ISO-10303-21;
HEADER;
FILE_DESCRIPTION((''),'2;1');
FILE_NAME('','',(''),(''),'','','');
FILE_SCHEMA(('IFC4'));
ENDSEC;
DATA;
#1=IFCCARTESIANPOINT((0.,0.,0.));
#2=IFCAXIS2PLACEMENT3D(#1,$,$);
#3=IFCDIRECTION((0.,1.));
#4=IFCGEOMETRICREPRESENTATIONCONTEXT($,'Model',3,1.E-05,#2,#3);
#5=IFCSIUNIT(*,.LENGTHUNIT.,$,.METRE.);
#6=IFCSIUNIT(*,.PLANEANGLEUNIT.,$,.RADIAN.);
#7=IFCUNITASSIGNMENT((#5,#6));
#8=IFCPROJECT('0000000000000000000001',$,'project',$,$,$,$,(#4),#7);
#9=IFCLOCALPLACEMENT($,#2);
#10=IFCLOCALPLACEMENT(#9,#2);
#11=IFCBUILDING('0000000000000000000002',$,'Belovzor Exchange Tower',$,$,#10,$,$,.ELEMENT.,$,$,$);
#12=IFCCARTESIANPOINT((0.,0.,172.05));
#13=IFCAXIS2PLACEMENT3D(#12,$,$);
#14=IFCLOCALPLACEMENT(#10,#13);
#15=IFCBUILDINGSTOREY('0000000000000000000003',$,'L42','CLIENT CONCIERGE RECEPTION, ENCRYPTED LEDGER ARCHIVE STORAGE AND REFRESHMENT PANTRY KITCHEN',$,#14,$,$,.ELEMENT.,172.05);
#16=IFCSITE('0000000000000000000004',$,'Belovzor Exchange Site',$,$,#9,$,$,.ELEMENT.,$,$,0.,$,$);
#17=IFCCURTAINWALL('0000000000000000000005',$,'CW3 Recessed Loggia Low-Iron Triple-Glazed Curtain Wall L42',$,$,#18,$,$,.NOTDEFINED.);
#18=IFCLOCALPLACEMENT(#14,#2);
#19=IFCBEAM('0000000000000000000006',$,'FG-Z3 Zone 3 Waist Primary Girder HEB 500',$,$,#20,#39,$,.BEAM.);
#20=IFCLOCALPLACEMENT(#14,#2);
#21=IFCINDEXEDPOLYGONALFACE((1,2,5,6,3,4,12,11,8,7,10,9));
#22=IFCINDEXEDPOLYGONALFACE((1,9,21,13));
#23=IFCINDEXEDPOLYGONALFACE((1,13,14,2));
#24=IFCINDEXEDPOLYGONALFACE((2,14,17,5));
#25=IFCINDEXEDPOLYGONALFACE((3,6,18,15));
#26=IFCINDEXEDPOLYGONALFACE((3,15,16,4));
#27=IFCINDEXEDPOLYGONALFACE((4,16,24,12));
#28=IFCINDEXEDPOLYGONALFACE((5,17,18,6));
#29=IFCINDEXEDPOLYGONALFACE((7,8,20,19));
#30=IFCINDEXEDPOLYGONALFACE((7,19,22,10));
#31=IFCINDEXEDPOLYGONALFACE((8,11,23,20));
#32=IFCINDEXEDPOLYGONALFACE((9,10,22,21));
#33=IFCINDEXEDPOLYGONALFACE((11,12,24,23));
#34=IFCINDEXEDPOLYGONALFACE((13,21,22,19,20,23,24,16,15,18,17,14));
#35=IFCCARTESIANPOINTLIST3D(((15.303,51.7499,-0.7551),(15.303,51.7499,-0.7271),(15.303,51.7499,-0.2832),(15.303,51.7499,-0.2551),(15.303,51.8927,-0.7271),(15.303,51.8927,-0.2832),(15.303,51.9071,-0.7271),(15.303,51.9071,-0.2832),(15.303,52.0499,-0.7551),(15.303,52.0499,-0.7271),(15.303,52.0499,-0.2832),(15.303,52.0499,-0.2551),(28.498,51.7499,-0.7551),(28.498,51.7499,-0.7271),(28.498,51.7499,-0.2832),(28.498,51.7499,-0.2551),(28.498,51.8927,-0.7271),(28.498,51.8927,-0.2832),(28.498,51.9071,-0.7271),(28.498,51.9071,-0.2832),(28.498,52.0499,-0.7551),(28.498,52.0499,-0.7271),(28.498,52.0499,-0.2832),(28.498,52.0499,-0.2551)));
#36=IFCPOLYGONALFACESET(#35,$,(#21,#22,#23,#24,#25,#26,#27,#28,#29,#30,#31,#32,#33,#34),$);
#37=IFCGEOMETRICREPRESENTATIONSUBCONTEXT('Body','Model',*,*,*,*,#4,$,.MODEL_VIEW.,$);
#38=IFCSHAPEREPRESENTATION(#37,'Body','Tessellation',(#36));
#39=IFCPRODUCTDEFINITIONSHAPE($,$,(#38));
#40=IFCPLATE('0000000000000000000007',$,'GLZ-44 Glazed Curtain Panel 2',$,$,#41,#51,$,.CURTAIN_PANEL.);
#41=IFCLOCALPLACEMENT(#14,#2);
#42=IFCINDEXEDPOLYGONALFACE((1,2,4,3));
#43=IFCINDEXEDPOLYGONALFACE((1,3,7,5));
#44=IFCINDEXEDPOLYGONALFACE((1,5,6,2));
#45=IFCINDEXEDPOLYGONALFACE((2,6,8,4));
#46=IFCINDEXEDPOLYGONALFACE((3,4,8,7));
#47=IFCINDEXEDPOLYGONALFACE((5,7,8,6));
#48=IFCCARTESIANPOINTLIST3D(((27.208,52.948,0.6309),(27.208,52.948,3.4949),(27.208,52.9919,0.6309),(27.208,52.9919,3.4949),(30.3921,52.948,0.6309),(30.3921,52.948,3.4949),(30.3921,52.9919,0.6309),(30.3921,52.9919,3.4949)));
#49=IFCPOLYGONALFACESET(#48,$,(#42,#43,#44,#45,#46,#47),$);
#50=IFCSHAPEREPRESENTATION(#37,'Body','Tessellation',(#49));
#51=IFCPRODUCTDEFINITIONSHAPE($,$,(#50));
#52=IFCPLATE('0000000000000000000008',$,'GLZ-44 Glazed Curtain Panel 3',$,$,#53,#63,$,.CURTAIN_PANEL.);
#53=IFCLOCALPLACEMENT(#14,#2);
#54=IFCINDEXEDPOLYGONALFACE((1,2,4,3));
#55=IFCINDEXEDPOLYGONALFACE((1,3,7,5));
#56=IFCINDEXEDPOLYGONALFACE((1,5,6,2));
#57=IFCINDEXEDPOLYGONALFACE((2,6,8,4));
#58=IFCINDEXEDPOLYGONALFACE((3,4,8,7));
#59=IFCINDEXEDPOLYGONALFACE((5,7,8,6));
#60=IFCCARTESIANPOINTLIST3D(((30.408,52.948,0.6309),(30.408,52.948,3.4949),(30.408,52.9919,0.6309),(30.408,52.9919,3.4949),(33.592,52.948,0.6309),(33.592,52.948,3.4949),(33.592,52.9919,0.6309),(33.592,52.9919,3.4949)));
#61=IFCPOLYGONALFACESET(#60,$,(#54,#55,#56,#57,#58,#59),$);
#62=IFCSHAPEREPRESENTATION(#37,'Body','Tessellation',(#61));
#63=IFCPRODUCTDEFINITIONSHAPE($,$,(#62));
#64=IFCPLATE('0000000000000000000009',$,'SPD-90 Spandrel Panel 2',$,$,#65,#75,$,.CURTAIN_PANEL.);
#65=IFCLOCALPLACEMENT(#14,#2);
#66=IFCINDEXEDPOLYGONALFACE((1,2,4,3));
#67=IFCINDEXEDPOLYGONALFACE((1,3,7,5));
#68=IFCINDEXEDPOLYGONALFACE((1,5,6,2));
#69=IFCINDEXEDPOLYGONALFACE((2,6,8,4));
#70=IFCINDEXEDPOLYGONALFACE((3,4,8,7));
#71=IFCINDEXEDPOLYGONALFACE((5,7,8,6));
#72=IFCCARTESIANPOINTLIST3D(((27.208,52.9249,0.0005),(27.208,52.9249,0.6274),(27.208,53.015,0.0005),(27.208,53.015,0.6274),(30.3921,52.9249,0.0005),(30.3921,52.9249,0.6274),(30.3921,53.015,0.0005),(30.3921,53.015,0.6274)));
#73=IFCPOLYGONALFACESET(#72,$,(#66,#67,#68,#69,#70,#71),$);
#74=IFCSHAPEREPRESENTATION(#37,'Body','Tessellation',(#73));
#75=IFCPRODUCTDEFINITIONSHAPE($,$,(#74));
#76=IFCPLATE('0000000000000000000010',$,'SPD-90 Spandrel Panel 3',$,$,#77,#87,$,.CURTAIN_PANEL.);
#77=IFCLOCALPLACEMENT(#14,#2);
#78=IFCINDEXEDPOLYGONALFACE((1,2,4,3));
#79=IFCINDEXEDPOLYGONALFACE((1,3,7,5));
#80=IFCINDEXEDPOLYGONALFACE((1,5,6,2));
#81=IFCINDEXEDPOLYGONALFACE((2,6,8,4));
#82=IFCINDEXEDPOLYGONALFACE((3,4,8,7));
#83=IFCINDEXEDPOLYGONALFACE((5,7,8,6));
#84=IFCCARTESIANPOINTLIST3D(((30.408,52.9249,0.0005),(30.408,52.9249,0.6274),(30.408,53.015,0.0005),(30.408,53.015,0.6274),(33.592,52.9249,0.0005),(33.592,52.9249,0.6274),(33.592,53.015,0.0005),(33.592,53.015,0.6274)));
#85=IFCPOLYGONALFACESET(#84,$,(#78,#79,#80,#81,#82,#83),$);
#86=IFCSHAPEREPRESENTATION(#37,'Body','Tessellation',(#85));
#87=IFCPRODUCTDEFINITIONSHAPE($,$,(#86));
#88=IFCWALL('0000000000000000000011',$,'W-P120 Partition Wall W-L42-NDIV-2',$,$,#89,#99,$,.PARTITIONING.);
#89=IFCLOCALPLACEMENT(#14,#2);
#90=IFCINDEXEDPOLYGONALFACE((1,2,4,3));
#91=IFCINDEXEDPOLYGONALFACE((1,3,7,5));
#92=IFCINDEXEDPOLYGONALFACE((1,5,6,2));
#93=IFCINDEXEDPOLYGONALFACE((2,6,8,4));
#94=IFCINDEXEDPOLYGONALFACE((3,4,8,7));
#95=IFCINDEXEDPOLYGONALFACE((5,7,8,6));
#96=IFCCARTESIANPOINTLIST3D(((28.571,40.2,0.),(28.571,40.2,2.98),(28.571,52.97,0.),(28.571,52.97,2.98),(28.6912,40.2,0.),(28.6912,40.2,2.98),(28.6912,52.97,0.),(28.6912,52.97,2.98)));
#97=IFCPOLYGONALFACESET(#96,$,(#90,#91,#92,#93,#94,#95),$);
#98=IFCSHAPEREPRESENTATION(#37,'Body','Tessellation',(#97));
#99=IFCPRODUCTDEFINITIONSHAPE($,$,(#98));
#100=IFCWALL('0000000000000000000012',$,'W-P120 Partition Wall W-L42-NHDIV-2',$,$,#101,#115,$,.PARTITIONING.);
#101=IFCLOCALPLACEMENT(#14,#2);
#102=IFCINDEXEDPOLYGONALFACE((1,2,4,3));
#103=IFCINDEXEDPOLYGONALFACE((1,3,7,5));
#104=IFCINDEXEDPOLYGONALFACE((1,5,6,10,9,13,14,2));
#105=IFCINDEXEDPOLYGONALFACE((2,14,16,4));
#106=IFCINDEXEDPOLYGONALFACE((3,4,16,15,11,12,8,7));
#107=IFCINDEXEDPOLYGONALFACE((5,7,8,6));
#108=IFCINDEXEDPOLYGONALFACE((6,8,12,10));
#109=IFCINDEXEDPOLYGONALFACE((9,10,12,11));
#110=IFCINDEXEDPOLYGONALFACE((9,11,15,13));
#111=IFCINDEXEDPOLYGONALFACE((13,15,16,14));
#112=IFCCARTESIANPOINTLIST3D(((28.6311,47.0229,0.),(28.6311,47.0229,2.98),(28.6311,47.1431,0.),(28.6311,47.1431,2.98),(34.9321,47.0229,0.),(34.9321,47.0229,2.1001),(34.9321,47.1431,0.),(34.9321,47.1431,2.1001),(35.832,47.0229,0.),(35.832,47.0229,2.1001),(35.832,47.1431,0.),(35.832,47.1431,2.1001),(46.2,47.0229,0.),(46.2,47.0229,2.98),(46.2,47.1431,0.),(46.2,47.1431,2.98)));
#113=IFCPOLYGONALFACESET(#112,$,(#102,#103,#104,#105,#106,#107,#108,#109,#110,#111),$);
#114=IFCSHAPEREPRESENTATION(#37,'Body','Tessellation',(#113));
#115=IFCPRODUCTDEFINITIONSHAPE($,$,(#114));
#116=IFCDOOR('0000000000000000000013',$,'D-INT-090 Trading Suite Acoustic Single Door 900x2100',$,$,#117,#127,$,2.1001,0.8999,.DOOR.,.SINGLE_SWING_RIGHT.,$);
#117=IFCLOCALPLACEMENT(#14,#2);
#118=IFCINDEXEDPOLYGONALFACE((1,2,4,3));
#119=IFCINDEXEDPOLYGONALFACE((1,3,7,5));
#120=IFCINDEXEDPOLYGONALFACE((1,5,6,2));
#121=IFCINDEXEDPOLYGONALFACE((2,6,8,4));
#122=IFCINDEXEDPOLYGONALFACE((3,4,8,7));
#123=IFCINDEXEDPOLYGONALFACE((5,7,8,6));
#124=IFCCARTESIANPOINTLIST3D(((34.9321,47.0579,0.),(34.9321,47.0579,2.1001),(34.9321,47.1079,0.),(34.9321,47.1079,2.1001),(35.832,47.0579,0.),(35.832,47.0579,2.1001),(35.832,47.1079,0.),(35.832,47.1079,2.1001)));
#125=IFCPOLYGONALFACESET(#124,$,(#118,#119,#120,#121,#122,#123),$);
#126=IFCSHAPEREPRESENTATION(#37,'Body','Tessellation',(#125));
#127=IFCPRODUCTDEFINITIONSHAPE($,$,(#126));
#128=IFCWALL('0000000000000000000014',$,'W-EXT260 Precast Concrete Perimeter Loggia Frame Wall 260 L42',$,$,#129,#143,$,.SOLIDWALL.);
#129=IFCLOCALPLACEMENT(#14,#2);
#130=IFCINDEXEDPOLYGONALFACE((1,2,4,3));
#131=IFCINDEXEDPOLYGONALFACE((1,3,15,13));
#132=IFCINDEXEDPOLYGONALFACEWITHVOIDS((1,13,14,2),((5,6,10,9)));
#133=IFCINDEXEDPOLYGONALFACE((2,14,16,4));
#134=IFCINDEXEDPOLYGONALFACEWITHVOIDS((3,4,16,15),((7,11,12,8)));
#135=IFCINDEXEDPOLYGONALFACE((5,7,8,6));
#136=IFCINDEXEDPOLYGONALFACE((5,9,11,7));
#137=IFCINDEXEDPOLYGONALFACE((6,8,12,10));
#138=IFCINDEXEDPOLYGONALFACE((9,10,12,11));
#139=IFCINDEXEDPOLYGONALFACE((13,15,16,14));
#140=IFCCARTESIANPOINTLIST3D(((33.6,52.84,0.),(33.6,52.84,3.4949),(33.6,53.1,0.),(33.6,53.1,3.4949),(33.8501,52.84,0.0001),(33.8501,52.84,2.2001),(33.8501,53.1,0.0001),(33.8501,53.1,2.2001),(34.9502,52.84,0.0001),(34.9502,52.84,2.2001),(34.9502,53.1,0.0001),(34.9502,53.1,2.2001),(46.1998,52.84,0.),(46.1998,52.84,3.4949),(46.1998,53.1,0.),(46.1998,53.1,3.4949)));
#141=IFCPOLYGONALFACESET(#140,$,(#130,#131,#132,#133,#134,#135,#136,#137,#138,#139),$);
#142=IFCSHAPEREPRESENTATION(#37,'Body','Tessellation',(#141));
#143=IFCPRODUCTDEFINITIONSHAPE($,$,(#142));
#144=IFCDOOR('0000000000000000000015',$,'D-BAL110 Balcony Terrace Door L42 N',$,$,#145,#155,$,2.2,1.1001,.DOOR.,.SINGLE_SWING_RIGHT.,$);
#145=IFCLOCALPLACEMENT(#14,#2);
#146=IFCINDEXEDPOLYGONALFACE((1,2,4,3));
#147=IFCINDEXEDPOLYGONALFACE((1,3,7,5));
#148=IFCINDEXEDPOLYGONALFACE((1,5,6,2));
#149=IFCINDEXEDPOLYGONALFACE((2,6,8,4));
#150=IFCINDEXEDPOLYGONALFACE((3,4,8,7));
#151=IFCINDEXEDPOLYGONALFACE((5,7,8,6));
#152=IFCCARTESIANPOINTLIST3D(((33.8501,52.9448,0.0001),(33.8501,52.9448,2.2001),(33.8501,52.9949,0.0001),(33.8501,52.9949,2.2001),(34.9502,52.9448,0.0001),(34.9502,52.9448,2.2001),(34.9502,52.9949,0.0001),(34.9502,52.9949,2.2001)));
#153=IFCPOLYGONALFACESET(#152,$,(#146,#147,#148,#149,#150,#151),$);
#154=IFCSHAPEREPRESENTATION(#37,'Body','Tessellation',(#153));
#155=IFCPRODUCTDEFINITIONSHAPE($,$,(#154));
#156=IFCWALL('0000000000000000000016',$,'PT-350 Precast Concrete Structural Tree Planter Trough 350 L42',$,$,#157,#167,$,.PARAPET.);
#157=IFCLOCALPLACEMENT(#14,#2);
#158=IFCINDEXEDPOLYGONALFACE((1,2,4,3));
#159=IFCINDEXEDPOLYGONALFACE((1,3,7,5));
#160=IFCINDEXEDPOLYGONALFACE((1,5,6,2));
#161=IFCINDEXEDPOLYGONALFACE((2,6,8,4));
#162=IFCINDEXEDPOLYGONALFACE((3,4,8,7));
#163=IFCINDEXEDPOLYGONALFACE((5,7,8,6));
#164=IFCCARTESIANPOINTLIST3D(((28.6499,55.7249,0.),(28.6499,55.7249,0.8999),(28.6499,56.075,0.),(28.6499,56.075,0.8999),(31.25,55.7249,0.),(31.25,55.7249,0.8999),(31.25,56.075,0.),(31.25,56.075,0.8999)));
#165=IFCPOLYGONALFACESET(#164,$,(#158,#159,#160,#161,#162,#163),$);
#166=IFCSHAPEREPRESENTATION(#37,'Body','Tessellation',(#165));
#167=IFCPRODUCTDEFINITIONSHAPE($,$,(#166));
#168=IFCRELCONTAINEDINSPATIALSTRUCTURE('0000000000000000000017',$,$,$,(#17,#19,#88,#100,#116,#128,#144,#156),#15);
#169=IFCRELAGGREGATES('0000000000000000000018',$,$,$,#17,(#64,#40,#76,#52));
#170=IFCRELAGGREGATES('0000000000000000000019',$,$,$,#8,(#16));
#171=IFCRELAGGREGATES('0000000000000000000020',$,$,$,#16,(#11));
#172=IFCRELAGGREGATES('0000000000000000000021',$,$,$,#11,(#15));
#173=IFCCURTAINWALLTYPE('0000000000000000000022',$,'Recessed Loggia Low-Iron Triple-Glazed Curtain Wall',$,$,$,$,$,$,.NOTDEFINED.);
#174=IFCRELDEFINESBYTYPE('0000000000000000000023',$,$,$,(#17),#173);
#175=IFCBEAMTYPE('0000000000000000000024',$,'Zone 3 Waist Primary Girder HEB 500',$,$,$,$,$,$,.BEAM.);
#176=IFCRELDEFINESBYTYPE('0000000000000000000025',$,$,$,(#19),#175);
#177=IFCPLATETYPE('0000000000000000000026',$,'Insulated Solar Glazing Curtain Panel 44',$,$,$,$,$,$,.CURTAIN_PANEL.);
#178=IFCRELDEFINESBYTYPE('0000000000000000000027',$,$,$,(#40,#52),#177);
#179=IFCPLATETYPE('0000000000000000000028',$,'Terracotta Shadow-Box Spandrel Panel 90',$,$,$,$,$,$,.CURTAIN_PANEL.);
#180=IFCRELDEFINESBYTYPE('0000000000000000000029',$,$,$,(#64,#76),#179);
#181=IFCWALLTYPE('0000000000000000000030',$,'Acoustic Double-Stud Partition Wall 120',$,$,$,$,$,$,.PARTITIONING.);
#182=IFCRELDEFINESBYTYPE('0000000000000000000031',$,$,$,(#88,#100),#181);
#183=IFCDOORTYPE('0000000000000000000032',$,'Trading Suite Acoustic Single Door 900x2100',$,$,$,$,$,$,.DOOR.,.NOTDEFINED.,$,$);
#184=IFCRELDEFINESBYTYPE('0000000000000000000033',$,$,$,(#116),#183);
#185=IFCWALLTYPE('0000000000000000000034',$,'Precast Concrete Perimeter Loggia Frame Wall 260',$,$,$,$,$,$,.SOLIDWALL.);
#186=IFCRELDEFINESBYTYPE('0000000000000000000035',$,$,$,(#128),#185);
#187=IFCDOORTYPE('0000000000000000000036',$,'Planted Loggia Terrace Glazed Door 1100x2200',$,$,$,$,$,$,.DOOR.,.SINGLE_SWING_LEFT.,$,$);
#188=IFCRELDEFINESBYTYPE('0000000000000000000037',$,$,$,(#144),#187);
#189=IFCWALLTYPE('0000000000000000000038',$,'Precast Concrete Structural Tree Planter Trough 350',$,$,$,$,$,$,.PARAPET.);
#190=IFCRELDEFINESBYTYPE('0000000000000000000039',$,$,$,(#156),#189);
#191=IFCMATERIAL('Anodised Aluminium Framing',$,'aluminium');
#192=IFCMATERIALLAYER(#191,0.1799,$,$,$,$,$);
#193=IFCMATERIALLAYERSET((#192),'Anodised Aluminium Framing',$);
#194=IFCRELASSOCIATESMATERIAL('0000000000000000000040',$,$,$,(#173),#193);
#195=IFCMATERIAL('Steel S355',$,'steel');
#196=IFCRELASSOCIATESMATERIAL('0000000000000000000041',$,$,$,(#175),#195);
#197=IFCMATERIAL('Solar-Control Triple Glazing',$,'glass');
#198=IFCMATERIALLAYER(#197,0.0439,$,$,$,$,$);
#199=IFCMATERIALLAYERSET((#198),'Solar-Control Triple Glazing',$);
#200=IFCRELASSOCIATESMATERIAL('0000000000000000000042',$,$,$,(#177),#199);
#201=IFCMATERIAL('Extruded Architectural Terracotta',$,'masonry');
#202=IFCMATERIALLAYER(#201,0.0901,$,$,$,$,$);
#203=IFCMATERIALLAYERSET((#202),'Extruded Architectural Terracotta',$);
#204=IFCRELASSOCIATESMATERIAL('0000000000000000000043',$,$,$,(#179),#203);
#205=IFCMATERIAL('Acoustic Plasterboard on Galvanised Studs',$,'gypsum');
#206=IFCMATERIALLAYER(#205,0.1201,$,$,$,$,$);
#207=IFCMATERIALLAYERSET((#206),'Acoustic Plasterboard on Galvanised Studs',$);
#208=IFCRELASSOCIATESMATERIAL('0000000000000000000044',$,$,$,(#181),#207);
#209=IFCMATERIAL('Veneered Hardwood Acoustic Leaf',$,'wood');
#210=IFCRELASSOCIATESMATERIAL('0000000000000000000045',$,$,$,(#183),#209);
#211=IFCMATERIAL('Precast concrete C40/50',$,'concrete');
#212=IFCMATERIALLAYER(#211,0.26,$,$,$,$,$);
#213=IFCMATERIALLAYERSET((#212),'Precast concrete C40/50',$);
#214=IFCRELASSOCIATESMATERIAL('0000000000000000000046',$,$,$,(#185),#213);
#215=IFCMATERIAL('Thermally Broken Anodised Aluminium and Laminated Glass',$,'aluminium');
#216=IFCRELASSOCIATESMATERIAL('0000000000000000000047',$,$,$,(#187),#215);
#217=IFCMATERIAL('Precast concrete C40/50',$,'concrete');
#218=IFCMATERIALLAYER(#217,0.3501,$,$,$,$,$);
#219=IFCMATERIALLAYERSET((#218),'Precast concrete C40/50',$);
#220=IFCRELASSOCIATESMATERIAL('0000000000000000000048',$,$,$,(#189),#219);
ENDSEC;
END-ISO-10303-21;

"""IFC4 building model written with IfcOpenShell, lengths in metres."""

from ifc_helpers import new_model, si_unit, direction, frame, frame_2d, origin, origin_2d, place, context, subcontext, project, spatial, rectangle, i_section, extrude, material, layer, layer_set, material_profile, profile_set, type_object, element, fill, aggregate, save


model = new_model("IFC4")

# Units and contexts
model_context = context("Model", 3, precision=1e-05, world=origin(), true_north=direction((0.0, 1.0)))
body_context = subcontext(model_context, "Body", "Model", "MODEL_VIEW")
ifc_project = project(units=[si_unit("LENGTHUNIT", "METRE"), si_unit("PLANEANGLEUNIT", "RADIAN")], contexts=[model_context])

# Site, building, storey
site_placement = place(None, origin())
site = spatial("IfcSite", under=ifc_project, at=site_placement, Name="Belovzor Exchange Site", CompositionType="ELEMENT", RefElevation=0.0)
building_placement = place(site_placement, origin())
building = spatial("IfcBuilding", under=site, at=building_placement, Name="Belovzor Exchange Tower", CompositionType="ELEMENT")
storey_placement = place(building_placement, frame((0.0, 0.0, 172.05)))
storey = spatial("IfcBuildingStorey", under=building, at=storey_placement, Name="L42", Description="CLIENT CONCIERGE RECEPTION, ENCRYPTED LEDGER ARCHIVE STORAGE AND REFRESHMENT PANTRY KITCHEN", CompositionType="ELEMENT", Elevation=172.05)

# Curtain wall
ifc_material_1 = material(Name="Anodised Aluminium Framing", Category="aluminium")
ifc_layer_1 = layer(ifc_material_1, 0.1799)
ifc_layer_set_1 = layer_set([ifc_layer_1], Name="Anodised Aluminium Framing")
curtain_wall_type = type_object("IfcCurtainWallType", Name="Recessed Loggia Low-Iron Triple-Glazed Curtain Wall", PredefinedType="NOTDEFINED", material=ifc_layer_set_1)
curtain_wall_placement = place(storey_placement, origin())
curtain_wall = element("IfcCurtainWall", 1, at=curtain_wall_placement, inside=storey, type_object=curtain_wall_type, Name="CW3 Recessed Loggia Low-Iron Triple-Glazed Curtain Wall L42", PredefinedType="NOTDEFINED")

# Beam
ifc_material_2 = material(Name="Steel S355", Category="steel")
ifc_material_profile_1 = material_profile(ifc_material_2, i_section(OverallWidth=0.3, OverallDepth=0.5, WebThickness=0.0144, FlangeThickness=0.0281, at=origin_2d()))
ifc_profile_set_1 = profile_set([ifc_material_profile_1], Name="Steel S355")
beam_type_1 = type_object("IfcBeamType", Name="Zone 3 Waist Primary Girder HEB 500", PredefinedType="BEAM", material=ifc_profile_set_1)
beam_1_placement = place(storey_placement, frame((28.498, 51.8999, -0.5051), z_axis=(-1.0, 0.0, 0.0), x_axis=(0.0, -1.0, 0.0)))
element("IfcBeam", 2, at=beam_1_placement, inside=storey, type_object=beam_type_1, Name="FG-Z3 Zone 3 Waist Primary Girder HEB 500", PredefinedType="BEAM", context=body_context, shape_type="SweptSolid", body=[
    extrude(i_section(OverallWidth=0.3, OverallDepth=0.5, WebThickness=0.0144, FlangeThickness=0.0281, at=origin_2d()), origin(), (0.0, 0.0, 1.0), 13.1951),
])

# Plates
ifc_material_3 = material(Name="Solar-Control Triple Glazing", Category="glass")
ifc_layer_2 = layer(ifc_material_3, 0.0439)
ifc_layer_set_2 = layer_set([ifc_layer_2], Name="Solar-Control Triple Glazing")
plate_type_1 = type_object("IfcPlateType", Name="Insulated Solar Glazing Curtain Panel 44", PredefinedType="CURTAIN_PANEL", material=ifc_layer_set_2)
plate_1_placement = place(storey_placement, frame((28.8, 52.97, 0.6309), z_axis=(0.0, 0.0, 1.0), x_axis=(1.0, 0.0, 0.0)))
plate_1 = element("IfcPlate", 3, at=plate_1_placement, type_object=plate_type_1, Name="GLZ-44 Glazed Curtain Panel 2", PredefinedType="CURTAIN_PANEL", context=body_context, shape_type="SweptSolid", body=[
    extrude(rectangle(XDim=3.1841, YDim=0.0439, at=origin_2d()), origin(), (0.0, 0.0, 1.0), 2.864),
])
plate_2_placement = place(storey_placement, frame((32.0, 52.97, 0.6309), z_axis=(0.0, 0.0, 1.0), x_axis=(1.0, 0.0, 0.0)))
plate_2 = element("IfcPlate", 4, at=plate_2_placement, type_object=plate_type_1, Name="GLZ-44 Glazed Curtain Panel 3", PredefinedType="CURTAIN_PANEL", context=body_context, shape_type="SweptSolid", body=[
    extrude(rectangle(XDim=3.1841, YDim=0.0439, at=origin_2d()), origin(), (0.0, 0.0, 1.0), 2.864),
])
ifc_material_4 = material(Name="Extruded Architectural Terracotta", Category="masonry")
ifc_layer_3 = layer(ifc_material_4, 0.0901)
ifc_layer_set_3 = layer_set([ifc_layer_3], Name="Extruded Architectural Terracotta")
plate_type_2 = type_object("IfcPlateType", Name="Terracotta Shadow-Box Spandrel Panel 90", PredefinedType="CURTAIN_PANEL", material=ifc_layer_set_3)
plate_3_placement = place(storey_placement, frame((28.8, 52.97, 0.0005), z_axis=(0.0, 0.0, 1.0), x_axis=(1.0, 0.0, 0.0)))
plate_3 = element("IfcPlate", 5, at=plate_3_placement, type_object=plate_type_2, Name="SPD-90 Spandrel Panel 2", PredefinedType="CURTAIN_PANEL", context=body_context, shape_type="SweptSolid", body=[
    extrude(rectangle(XDim=3.1841, YDim=0.0901, at=origin_2d()), origin(), (0.0, 0.0, 1.0), 0.627),
])
plate_4_placement = place(storey_placement, frame((32.0, 52.97, 0.0005), z_axis=(0.0, 0.0, 1.0), x_axis=(1.0, 0.0, 0.0)))
plate_4 = element("IfcPlate", 6, at=plate_4_placement, type_object=plate_type_2, Name="SPD-90 Spandrel Panel 3", PredefinedType="CURTAIN_PANEL", context=body_context, shape_type="SweptSolid", body=[
    extrude(rectangle(XDim=3.1841, YDim=0.0901, at=origin_2d()), origin(), (0.0, 0.0, 1.0), 0.627),
])
aggregate(curtain_wall, [plate_3, plate_1, plate_4, plate_2])

# Wall
ifc_material_5 = material(Name="Acoustic Plasterboard on Galvanised Studs", Category="gypsum")
ifc_layer_4 = layer(ifc_material_5, 0.1201)
ifc_layer_set_4 = layer_set([ifc_layer_4], Name="Acoustic Plasterboard on Galvanised Studs")
wall_type_1 = type_object("IfcWallType", Name="Acoustic Double-Stud Partition Wall 120", PredefinedType="PARTITIONING", material=ifc_layer_set_4)
wall_1_placement = place(storey_placement, frame((28.6311, 40.2, 0.0), z_axis=(0.0, 0.0, 1.0), x_axis=(0.0, 1.0, 0.0)))
element("IfcWall", 7, at=wall_1_placement, inside=storey, type_object=wall_type_1, Name="W-P120 Partition Wall W-L42-NDIV-2", PredefinedType="PARTITIONING", context=body_context, shape_type="SweptSolid", body=[
    extrude(rectangle(XDim=12.77, YDim=0.1201, at=frame_2d((6.385, 0.0))), origin(), (0.0, 0.0, 1.0), 2.98),
])

# Walls, openings, doors
wall_2_placement = place(storey_placement, frame((28.6311, 47.083, 0.0), z_axis=(0.0, 0.0, 1.0), x_axis=(1.0, 0.0, 0.0)))
wall_2 = element("IfcWall", 8, at=wall_2_placement, inside=storey, type_object=wall_type_1, Name="W-P120 Partition Wall W-L42-NHDIV-2", PredefinedType="PARTITIONING", context=body_context, shape_type="SweptSolid", body=[
    extrude(rectangle(XDim=17.5688, YDim=0.1201, at=frame_2d((8.7844, 0.0))), origin(), (0.0, 0.0, 1.0), 2.98),
])
opening_1_placement = place(wall_2_placement, frame((6.301, 0.0, 0.0)))
opening_1 = element("IfcOpeningElement", 9, at=opening_1_placement, cuts=wall_2, PredefinedType="OPENING", context=body_context, shape_type="SweptSolid", body=[
    extrude(rectangle(XDim=0.8999, YDim=2.1001, at=frame_2d((0.45, 1.05))), frame((0.0, 0.0701, 0.0), z_axis=(0.0, -1.0, 0.0), x_axis=(1.0, 0.0, 0.0)), (0.0, 0.0, 1.0), 0.1401),
])
ifc_material_6 = material(Name="Veneered Hardwood Acoustic Leaf", Category="wood")
door_type_1 = type_object("IfcDoorType", Name="Trading Suite Acoustic Single Door 900x2100", OperationType="NOTDEFINED", PredefinedType="DOOR", material=ifc_material_6)
door_1_placement = place(opening_1_placement, origin())
door_1 = element("IfcDoor", 10, at=door_1_placement, inside=storey, type_object=door_type_1, Name="D-INT-090 Trading Suite Acoustic Single Door 900x2100", OperationType="SINGLE_SWING_RIGHT", OverallHeight=2.1001, OverallWidth=0.8999, PredefinedType="DOOR", context=body_context, shape_type="SweptSolid", body=[
    extrude(rectangle(XDim=0.8999, YDim=2.1001, at=frame_2d((0.45, 1.05))), frame((0.0, 0.0249, 0.0), z_axis=(0.0, -1.0, 0.0), x_axis=(1.0, 0.0, 0.0)), (0.0, 0.0, 1.0), 0.05),
])
fill(opening_1, door_1)
ifc_material_7 = material(Name="Precast concrete C40/50", Category="concrete")
ifc_layer_5 = layer(ifc_material_7, 0.26)
ifc_layer_set_5 = layer_set([ifc_layer_5], Name="Precast concrete C40/50")
wall_type_2 = type_object("IfcWallType", Name="Precast Concrete Perimeter Loggia Frame Wall 260", PredefinedType="SOLIDWALL", material=ifc_layer_set_5)
wall_3_placement = place(storey_placement, frame((33.6001, 52.97, 0.0), z_axis=(0.0, 0.0, 1.0), x_axis=(1.0, 0.0, 0.0)))
wall_3 = element("IfcWall", 11, at=wall_3_placement, inside=storey, type_object=wall_type_2, Name="W-EXT260 Precast Concrete Perimeter Loggia Frame Wall 260 L42", PredefinedType="SOLIDWALL", context=body_context, shape_type="SweptSolid", body=[
    extrude(rectangle(XDim=12.5999, YDim=0.26, at=frame_2d((6.2998, 0.0))), origin(), (0.0, 0.0, 1.0), 3.4949),
])
opening_2_placement = place(wall_3_placement, frame((0.25, 0.0, 0.0)))
opening_2 = element("IfcOpeningElement", 12, at=opening_2_placement, cuts=wall_3, PredefinedType="OPENING", context=body_context, shape_type="SweptSolid", body=[
    extrude(rectangle(XDim=1.1001, YDim=2.2, at=frame_2d((0.55, 1.1001))), frame((0.0, 0.1399, 0.0), z_axis=(0.0, -1.0, 0.0), x_axis=(1.0, 0.0, 0.0)), (0.0, 0.0, 1.0), 0.28),
])
ifc_material_8 = material(Name="Thermally Broken Anodised Aluminium and Laminated Glass", Category="aluminium")
door_type_2 = type_object("IfcDoorType", Name="Planted Loggia Terrace Glazed Door 1100x2200", OperationType="SINGLE_SWING_LEFT", PredefinedType="DOOR", material=ifc_material_8)
door_2_placement = place(opening_2_placement, origin())
door_2 = element("IfcDoor", 13, at=door_2_placement, inside=storey, type_object=door_type_2, Name="D-BAL110 Balcony Terrace Door L42 N", OperationType="SINGLE_SWING_RIGHT", OverallHeight=2.2, OverallWidth=1.1001, PredefinedType="DOOR", context=body_context, shape_type="SweptSolid", body=[
    extrude(rectangle(XDim=1.1001, YDim=2.2, at=frame_2d((0.55, 1.1001))), frame((0.0, 0.0249, 0.0), z_axis=(0.0, -1.0, 0.0), x_axis=(1.0, 0.0, 0.0)), (0.0, 0.0, 1.0), 0.05),
])
fill(opening_2, door_2)

# Wall
ifc_material_9 = material(Name="Precast concrete C40/50", Category="concrete")
ifc_layer_6 = layer(ifc_material_9, 0.3501)
ifc_layer_set_6 = layer_set([ifc_layer_6], Name="Precast concrete C40/50")
wall_type_3 = type_object("IfcWallType", Name="Precast Concrete Structural Tree Planter Trough 350", PredefinedType="PARAPET", material=ifc_layer_set_6)
wall_4_placement = place(storey_placement, frame((28.6499, 55.8999, 0.0), z_axis=(0.0, 0.0, 1.0), x_axis=(1.0, 0.0, 0.0)))
element("IfcWall", 14, at=wall_4_placement, inside=storey, type_object=wall_type_3, Name="PT-350 Precast Concrete Structural Tree Planter Trough 350 L42", PredefinedType="PARAPET", context=body_context, shape_type="SweptSolid", body=[
    extrude(rectangle(XDim=2.6001, YDim=0.3501, at=frame_2d((1.3, 0.0))), origin(), (0.0, 0.0, 1.0), 0.8999),
])

save(model, "model.ifc")
